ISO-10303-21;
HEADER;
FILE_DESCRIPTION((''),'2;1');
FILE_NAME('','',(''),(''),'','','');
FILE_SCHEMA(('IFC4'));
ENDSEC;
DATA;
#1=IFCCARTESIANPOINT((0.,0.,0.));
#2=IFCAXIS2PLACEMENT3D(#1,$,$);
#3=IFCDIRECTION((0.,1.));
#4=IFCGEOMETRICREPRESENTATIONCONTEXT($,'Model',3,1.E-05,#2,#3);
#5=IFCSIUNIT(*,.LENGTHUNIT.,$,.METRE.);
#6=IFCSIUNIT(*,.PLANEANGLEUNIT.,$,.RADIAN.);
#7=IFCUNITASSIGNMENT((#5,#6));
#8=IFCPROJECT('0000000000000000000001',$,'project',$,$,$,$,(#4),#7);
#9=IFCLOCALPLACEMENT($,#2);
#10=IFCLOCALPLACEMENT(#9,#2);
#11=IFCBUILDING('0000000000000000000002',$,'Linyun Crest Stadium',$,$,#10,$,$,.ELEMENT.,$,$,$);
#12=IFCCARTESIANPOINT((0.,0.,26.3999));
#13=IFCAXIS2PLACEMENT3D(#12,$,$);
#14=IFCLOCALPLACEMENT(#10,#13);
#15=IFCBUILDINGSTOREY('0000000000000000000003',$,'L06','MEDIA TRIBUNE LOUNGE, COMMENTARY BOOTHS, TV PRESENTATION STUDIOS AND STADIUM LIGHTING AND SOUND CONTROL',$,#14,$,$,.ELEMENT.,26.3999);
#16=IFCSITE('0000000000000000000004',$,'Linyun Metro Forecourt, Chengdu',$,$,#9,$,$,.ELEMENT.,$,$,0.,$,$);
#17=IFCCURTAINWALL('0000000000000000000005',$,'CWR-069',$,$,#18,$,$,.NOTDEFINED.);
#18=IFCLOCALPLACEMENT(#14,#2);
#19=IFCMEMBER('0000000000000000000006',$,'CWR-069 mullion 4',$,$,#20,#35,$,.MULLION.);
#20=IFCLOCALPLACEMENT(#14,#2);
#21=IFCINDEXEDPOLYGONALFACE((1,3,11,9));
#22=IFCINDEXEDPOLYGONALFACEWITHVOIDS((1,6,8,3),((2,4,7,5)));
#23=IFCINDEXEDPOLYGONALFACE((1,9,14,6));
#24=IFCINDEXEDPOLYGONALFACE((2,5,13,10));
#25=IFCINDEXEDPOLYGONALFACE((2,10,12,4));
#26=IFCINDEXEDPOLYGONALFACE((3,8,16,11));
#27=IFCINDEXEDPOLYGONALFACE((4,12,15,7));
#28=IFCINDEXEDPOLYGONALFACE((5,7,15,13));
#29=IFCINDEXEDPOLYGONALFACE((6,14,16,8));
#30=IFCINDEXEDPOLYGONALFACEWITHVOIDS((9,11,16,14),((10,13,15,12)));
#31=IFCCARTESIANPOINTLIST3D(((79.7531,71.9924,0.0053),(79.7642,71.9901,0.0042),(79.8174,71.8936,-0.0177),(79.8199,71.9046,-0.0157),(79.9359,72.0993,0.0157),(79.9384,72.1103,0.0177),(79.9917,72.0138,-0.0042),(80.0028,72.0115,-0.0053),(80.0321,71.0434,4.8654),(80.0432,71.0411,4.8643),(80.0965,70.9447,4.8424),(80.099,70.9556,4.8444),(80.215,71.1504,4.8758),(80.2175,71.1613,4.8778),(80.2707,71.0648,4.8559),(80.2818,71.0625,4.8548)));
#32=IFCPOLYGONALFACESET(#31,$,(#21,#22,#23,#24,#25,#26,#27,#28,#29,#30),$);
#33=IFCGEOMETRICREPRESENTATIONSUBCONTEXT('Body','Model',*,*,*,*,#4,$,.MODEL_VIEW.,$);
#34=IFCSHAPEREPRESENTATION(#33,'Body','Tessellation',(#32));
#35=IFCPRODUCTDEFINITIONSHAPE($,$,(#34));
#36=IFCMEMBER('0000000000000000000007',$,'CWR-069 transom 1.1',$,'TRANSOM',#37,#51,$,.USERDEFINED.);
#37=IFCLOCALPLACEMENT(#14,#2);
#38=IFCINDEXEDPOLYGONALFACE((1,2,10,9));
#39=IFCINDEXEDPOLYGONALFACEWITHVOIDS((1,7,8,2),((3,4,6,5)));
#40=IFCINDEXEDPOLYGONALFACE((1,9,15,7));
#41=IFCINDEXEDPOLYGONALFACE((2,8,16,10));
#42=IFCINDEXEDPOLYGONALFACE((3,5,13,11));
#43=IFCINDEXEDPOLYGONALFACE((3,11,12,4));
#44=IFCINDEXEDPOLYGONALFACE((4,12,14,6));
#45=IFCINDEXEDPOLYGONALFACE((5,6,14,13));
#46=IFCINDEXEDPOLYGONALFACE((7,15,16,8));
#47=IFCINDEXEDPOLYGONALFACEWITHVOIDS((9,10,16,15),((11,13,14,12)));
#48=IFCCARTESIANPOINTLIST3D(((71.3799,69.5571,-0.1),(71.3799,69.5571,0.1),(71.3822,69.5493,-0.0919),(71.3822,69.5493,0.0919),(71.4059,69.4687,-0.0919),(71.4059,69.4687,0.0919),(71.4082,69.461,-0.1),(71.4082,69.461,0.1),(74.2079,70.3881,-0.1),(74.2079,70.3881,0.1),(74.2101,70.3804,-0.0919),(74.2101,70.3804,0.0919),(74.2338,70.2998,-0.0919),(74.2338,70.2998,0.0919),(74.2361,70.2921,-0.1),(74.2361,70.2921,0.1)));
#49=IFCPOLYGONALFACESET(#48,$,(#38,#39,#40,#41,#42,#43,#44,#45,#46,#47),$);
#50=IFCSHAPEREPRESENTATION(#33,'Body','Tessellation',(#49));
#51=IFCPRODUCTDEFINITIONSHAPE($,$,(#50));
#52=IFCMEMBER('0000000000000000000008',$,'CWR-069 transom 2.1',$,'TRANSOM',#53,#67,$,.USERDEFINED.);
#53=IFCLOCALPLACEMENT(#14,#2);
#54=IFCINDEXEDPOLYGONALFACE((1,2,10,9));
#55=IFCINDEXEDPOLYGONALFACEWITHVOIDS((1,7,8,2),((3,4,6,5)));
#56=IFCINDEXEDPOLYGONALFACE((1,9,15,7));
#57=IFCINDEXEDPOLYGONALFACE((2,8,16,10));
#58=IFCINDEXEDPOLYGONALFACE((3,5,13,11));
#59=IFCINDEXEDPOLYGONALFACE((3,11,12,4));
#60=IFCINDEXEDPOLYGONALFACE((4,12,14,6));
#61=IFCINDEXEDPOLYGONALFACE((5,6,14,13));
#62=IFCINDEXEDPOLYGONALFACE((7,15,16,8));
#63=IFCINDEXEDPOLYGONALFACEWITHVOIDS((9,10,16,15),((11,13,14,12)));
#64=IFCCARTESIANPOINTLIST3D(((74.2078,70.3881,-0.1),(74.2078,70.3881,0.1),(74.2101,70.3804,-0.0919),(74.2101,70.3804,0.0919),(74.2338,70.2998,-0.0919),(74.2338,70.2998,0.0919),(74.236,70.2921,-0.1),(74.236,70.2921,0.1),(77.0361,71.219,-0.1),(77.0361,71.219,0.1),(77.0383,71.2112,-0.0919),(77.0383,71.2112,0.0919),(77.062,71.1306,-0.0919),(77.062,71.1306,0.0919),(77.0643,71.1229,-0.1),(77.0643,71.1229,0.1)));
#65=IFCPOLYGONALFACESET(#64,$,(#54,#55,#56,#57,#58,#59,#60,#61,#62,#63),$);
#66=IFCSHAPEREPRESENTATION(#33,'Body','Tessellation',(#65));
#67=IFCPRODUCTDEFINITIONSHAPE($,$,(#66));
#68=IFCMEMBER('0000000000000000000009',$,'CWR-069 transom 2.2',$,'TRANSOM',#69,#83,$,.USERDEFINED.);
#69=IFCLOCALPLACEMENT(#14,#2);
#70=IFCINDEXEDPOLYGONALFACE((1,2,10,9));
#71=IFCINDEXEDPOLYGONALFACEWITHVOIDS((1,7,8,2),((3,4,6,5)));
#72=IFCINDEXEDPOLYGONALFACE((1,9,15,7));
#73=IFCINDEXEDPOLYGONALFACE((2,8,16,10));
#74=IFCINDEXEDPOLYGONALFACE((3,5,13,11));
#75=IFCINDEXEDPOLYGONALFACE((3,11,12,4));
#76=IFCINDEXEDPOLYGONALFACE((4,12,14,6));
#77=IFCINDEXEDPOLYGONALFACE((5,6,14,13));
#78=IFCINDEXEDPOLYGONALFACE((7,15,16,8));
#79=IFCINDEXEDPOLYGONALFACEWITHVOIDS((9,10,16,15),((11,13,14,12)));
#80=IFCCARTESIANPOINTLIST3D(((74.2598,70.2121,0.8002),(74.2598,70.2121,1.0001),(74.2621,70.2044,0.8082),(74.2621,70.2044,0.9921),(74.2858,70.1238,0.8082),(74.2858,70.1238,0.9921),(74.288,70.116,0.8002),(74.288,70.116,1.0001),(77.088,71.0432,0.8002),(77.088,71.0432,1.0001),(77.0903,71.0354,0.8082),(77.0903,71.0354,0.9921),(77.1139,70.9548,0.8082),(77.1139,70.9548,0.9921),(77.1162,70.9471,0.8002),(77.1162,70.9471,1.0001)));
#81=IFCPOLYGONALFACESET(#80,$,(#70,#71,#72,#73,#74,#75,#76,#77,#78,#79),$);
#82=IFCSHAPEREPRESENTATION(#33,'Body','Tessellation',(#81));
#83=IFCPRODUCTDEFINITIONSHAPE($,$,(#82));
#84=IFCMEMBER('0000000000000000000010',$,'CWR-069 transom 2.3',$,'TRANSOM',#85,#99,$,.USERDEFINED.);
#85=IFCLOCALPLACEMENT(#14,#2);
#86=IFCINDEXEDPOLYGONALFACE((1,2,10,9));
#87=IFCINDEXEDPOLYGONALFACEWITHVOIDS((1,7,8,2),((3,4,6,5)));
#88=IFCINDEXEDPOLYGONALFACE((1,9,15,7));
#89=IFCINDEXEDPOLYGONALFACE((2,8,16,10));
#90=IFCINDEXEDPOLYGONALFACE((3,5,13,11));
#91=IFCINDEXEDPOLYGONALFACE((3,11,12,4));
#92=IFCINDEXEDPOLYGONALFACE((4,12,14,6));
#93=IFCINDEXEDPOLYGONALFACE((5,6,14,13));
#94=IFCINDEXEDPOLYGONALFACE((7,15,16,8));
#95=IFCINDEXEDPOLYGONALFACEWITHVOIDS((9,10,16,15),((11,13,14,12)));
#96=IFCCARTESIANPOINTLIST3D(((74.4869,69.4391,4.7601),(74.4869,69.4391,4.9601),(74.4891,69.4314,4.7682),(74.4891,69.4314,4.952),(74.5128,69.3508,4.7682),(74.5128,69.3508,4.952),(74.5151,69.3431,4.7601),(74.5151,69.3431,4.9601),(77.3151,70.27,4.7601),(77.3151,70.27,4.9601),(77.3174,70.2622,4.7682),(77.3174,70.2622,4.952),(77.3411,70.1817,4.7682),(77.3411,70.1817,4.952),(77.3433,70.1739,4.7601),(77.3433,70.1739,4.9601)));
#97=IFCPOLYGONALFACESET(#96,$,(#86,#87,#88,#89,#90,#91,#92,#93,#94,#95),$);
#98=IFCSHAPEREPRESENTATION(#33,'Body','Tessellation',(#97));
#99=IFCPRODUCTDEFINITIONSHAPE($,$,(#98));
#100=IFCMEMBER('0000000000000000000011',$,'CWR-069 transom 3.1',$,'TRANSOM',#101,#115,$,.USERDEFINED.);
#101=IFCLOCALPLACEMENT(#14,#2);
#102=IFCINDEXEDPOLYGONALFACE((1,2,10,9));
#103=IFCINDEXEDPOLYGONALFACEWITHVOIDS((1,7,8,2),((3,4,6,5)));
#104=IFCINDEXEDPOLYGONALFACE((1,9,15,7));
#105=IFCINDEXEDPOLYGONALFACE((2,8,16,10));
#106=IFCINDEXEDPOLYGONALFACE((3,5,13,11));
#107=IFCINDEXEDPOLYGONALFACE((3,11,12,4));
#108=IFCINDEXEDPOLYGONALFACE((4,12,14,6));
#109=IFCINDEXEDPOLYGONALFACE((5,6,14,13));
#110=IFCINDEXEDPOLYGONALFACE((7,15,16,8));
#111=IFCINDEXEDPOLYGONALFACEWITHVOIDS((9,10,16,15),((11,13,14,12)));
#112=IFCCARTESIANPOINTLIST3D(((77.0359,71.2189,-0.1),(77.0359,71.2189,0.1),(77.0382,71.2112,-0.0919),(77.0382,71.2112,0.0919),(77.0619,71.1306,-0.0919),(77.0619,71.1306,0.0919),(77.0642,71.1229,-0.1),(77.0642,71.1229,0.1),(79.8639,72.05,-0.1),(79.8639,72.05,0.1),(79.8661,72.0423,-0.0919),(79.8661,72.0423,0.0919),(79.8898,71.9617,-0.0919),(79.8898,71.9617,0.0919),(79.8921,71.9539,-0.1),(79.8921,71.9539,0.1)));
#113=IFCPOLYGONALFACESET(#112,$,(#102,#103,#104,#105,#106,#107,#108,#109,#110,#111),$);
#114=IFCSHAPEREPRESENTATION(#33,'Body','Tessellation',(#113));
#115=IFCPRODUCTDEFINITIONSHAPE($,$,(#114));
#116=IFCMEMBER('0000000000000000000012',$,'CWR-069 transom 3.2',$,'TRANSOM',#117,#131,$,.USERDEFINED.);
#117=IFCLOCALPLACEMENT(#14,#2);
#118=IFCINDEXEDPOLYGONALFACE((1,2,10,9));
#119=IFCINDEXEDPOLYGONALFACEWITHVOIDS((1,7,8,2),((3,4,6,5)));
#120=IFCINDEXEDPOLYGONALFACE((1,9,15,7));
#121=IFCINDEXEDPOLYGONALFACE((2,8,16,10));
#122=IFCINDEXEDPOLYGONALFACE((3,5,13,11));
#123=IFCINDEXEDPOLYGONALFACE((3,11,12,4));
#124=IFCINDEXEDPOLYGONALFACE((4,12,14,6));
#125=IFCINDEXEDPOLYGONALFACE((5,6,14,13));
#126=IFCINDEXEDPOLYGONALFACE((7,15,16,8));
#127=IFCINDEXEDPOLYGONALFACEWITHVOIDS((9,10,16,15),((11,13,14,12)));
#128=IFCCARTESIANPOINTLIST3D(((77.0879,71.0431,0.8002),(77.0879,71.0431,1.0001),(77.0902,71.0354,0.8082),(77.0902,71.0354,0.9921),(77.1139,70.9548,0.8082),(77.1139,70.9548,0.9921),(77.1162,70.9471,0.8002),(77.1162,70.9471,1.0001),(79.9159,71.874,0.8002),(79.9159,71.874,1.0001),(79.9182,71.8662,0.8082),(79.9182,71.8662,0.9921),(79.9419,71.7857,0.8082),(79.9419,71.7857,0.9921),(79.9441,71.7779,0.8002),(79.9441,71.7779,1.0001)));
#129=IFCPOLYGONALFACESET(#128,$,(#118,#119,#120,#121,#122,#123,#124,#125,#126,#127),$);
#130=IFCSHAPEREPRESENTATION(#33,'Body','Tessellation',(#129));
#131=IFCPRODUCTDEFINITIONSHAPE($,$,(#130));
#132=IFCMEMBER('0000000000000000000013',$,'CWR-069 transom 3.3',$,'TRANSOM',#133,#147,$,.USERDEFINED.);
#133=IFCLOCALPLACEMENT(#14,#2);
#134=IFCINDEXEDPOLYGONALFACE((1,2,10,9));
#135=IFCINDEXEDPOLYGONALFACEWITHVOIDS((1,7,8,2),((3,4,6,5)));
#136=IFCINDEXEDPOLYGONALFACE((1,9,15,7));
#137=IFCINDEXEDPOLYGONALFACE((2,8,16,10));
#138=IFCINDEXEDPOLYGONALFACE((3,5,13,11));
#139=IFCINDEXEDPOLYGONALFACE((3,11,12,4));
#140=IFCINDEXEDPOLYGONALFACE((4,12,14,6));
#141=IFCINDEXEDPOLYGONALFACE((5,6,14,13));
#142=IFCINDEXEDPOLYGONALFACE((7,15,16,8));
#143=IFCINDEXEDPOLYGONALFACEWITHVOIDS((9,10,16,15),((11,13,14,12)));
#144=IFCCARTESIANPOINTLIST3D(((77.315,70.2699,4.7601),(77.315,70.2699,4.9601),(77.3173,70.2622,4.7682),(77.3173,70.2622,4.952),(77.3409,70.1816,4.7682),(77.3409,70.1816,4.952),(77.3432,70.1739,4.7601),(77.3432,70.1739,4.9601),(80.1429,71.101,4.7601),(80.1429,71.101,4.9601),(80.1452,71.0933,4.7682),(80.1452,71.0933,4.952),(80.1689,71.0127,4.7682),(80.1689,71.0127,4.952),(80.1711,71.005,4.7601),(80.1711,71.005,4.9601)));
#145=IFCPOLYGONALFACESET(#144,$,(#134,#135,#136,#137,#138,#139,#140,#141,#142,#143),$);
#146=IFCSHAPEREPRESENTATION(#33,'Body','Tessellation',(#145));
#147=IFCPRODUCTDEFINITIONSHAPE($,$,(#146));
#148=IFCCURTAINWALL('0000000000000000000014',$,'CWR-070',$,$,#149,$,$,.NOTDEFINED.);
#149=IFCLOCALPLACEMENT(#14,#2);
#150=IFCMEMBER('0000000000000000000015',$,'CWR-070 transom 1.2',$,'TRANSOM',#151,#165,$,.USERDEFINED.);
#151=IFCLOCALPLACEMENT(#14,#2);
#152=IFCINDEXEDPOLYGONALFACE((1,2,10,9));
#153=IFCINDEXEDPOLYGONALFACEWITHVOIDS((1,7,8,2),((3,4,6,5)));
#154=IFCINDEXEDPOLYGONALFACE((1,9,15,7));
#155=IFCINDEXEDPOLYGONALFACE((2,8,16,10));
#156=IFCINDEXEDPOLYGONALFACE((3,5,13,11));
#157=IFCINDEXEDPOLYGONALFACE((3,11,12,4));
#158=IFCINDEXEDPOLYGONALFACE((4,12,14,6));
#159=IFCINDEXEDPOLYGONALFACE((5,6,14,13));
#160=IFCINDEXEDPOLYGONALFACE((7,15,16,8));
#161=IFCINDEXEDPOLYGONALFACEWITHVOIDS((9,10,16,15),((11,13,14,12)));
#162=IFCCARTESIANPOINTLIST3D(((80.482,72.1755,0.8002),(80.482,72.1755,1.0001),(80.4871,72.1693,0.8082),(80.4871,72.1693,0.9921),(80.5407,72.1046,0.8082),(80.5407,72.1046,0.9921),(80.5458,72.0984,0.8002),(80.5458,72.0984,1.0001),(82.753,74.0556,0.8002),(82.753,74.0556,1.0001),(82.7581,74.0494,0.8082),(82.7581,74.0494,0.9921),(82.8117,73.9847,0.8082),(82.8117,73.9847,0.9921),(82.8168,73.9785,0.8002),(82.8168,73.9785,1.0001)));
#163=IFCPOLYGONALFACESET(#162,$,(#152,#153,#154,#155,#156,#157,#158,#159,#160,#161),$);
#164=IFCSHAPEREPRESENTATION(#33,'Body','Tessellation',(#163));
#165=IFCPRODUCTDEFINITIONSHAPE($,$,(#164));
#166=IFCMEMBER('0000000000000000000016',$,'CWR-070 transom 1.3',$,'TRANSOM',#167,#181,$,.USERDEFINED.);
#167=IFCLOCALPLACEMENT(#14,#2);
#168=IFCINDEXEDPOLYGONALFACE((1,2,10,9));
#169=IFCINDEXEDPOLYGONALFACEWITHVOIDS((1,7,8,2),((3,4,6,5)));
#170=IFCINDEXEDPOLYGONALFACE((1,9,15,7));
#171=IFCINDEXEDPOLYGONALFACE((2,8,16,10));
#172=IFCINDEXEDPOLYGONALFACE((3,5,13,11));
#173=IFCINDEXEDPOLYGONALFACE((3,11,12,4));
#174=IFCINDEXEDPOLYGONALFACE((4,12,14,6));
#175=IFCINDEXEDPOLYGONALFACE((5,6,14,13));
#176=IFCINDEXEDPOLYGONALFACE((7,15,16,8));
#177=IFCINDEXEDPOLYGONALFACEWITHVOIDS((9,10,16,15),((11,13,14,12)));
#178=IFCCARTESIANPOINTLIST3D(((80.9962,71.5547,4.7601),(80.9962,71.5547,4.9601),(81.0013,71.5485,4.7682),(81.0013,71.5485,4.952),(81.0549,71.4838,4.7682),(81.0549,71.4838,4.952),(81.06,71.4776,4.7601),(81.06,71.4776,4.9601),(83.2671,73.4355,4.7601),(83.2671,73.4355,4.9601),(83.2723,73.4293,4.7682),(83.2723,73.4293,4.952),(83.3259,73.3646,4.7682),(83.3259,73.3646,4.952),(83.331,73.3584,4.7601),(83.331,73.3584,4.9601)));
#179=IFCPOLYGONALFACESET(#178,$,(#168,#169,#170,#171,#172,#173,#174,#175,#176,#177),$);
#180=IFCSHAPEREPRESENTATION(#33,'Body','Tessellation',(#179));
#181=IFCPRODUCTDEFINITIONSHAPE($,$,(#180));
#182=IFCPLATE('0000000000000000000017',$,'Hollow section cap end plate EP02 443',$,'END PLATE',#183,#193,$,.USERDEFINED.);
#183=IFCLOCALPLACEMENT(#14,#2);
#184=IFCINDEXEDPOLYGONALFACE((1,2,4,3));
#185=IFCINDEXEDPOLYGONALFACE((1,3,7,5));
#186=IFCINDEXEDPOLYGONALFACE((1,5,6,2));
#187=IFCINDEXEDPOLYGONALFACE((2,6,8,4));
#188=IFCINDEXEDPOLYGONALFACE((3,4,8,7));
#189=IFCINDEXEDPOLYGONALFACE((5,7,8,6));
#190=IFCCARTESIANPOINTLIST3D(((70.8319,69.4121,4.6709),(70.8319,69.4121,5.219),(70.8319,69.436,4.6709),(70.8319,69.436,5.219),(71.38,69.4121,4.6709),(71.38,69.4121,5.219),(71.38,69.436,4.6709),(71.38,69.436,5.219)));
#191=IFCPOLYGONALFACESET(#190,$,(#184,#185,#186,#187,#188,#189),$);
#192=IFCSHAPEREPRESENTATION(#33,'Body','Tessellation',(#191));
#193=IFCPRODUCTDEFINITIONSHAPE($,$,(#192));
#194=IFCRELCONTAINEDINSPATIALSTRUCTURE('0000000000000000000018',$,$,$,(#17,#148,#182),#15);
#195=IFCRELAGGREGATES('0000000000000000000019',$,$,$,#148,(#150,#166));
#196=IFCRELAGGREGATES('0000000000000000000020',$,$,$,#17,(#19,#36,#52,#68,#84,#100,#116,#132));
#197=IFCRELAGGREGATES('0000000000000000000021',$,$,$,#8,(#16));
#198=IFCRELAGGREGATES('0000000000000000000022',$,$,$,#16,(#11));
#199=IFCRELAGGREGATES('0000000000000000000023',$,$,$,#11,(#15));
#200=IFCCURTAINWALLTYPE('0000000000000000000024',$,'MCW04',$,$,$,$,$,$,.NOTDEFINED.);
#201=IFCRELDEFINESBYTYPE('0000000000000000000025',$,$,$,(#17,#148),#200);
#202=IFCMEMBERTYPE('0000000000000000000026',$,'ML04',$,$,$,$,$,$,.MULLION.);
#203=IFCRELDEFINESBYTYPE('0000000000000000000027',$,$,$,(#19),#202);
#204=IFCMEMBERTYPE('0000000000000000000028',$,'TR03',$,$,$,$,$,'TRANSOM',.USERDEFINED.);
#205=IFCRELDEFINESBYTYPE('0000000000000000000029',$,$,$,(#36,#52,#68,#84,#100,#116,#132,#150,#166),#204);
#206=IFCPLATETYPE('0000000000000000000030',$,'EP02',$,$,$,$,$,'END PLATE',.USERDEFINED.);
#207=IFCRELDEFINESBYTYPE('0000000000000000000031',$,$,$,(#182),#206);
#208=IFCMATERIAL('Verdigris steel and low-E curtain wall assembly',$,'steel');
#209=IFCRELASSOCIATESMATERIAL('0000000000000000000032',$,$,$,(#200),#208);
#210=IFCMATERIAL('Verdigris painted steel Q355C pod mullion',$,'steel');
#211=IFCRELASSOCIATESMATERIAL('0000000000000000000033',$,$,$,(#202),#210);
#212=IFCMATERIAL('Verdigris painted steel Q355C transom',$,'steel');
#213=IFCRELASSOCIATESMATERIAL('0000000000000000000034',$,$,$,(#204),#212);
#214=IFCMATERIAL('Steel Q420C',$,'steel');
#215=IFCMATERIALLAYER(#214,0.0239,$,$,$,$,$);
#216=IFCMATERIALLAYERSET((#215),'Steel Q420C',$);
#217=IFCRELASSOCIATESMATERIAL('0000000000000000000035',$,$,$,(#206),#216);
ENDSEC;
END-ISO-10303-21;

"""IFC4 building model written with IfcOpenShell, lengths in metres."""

from ifc_helpers import new_model, si_unit, direction, frame, origin, origin_2d, place, context, subcontext, project, spatial, rectangle, hollow_rectangle, extrude, material, layer, layer_set, material_profile, profile_set, type_object, element, aggregate, save


model = new_model("IFC4")

# Units and contexts
model_context = context("Model", 3, precision=1e-05, world=origin(), true_north=direction((0.0, 1.0)))
body_context = subcontext(model_context, "Body", "Model", "MODEL_VIEW")
ifc_project = project(units=[si_unit("LENGTHUNIT", "METRE"), si_unit("PLANEANGLEUNIT", "RADIAN")], contexts=[model_context])

# Site, building, storey
site_placement = place(None, origin())
site = spatial("IfcSite", under=ifc_project, at=site_placement, Name="Linyun Metro Forecourt, Chengdu", CompositionType="ELEMENT", RefElevation=0.0)
building_placement = place(site_placement, origin())
building = spatial("IfcBuilding", under=site, at=building_placement, Name="Linyun Crest Stadium", CompositionType="ELEMENT")
storey_placement = place(building_placement, frame((0.0, 0.0, 26.3999)))
storey = spatial("IfcBuildingStorey", under=building, at=storey_placement, Name="L06", Description="MEDIA TRIBUNE LOUNGE, COMMENTARY BOOTHS, TV PRESENTATION STUDIOS AND STADIUM LIGHTING AND SOUND CONTROL", CompositionType="ELEMENT", Elevation=26.3999)

# Shared definitions
ifc_material_1 = material(Name="Verdigris steel and low-E curtain wall assembly", Category="steel")
curtain_wall_type = type_object("IfcCurtainWallType", Name="MCW04", PredefinedType="NOTDEFINED", material=ifc_material_1)
ifc_material_2 = material(Name="Verdigris painted steel Q355C pod mullion", Category="steel")
ifc_material_profile_1 = material_profile(ifc_material_2, hollow_rectangle(XDim=0.1201, YDim=0.22, WallThickness=0.0081, at=origin_2d()), Name="RHS 220x120x8")
ifc_profile_set_1 = profile_set([ifc_material_profile_1], Name="Verdigris painted steel Q355C pod mullion")
member_type_1 = type_object("IfcMemberType", Name="ML04", PredefinedType="MULLION", material=ifc_profile_set_1)

# Curtain walls, members
curtain_wall_1_placement = place(storey_placement, origin())
curtain_wall_1 = element("IfcCurtainWall", 1, at=curtain_wall_1_placement, inside=storey, type_object=curtain_wall_type, Name="CWR-069", PredefinedType="NOTDEFINED")
member_1_placement = place(storey_placement, frame((79.8779, 72.002, 0.0), z_axis=(0.056264, -0.191335, 0.979911), x_axis=(-0.535777, 0.822394, 0.191342)))
member_1 = element("IfcMember", 2, at=member_1_placement, type_object=member_type_1, Name="CWR-069 mullion 4", PredefinedType="MULLION", context=body_context, shape_type="SweptSolid", body=[
    extrude(hollow_rectangle(XDim=0.1201, YDim=0.22, WallThickness=0.0081, at=origin_2d()), origin(), (0.0, 0.0, 1.0), 4.9597),
])
ifc_material_3 = material(Name="Verdigris painted steel Q355C transom", Category="steel")
ifc_material_profile_2 = material_profile(ifc_material_3, hollow_rectangle(XDim=0.1001, YDim=0.2, WallThickness=0.0081, at=origin_2d()), Name="RHS 200x100x8")
ifc_profile_set_2 = profile_set([ifc_material_profile_2], Name="Verdigris painted steel Q355C transom")
member_type_2 = type_object("IfcMemberType", Name="TR03", ElementType="TRANSOM", PredefinedType="USERDEFINED", material=ifc_profile_set_2)
member_2_placement = place(storey_placement, frame((71.394, 69.509, 0.0), z_axis=(0.959427, 0.281956, 0.0), x_axis=(-0.281956, 0.959427, 0.0)))
member_2 = element("IfcMember", 3, at=member_2_placement, type_object=member_type_2, Name="CWR-069 transom 1.1", ObjectType="TRANSOM", PredefinedType="USERDEFINED", context=body_context, shape_type="SweptSolid", body=[
    extrude(hollow_rectangle(XDim=0.1001, YDim=0.2, WallThickness=0.0081, at=origin_2d()), origin(), (0.0, 0.0, 1.0), 2.9475),
])
member_3_placement = place(storey_placement, frame((74.2219, 70.3401, 0.0), z_axis=(0.959456, 0.281857, 0.0), x_axis=(-0.281857, 0.959456, 0.0)))
member_3 = element("IfcMember", 4, at=member_3_placement, type_object=member_type_2, Name="CWR-069 transom 2.1", ObjectType="TRANSOM", PredefinedType="USERDEFINED", context=body_context, shape_type="SweptSolid", body=[
    extrude(hollow_rectangle(XDim=0.1001, YDim=0.2, WallThickness=0.0081, at=origin_2d()), origin(), (0.0, 0.0, 1.0), 2.9478),
])
member_4_placement = place(storey_placement, frame((74.2739, 70.1641, 0.9001), z_axis=(0.959434, 0.281933, 0.0), x_axis=(-0.281933, 0.959434, 0.0)))
member_4 = element("IfcMember", 5, at=member_4_placement, type_object=member_type_2, Name="CWR-069 transom 2.2", ObjectType="TRANSOM", PredefinedType="USERDEFINED", context=body_context, shape_type="SweptSolid", body=[
    extrude(hollow_rectangle(XDim=0.1001, YDim=0.2, WallThickness=0.0081, at=origin_2d()), origin(), (0.0, 0.0, 1.0), 2.9478),
])
member_5_placement = place(storey_placement, frame((74.501, 69.3911, 4.8601), z_axis=(0.959456, 0.281857, 0.0), x_axis=(-0.281857, 0.959456, 0.0)))
member_5 = element("IfcMember", 6, at=member_5_placement, type_object=member_type_2, Name="CWR-069 transom 2.3", ObjectType="TRANSOM", PredefinedType="USERDEFINED", context=body_context, shape_type="SweptSolid", body=[
    extrude(hollow_rectangle(XDim=0.1001, YDim=0.2, WallThickness=0.0081, at=origin_2d()), origin(), (0.0, 0.0, 1.0), 2.9478),
])
member_6_placement = place(storey_placement, frame((77.05, 71.1709, 0.0), z_axis=(0.959427, 0.281956, 0.0), x_axis=(-0.281956, 0.959427, 0.0)))
member_6 = element("IfcMember", 7, at=member_6_placement, type_object=member_type_2, Name="CWR-069 transom 3.1", ObjectType="TRANSOM", PredefinedType="USERDEFINED", context=body_context, shape_type="SweptSolid", body=[
    extrude(hollow_rectangle(XDim=0.1001, YDim=0.2, WallThickness=0.0081, at=origin_2d()), origin(), (0.0, 0.0, 1.0), 2.9475),
])
member_7_placement = place(storey_placement, frame((77.1021, 70.9951, 0.9001), z_axis=(0.95945, 0.281879, 0.0), x_axis=(-0.281879, 0.95945, 0.0)))
member_7 = element("IfcMember", 8, at=member_7_placement, type_object=member_type_2, Name="CWR-069 transom 3.2", ObjectType="TRANSOM", PredefinedType="USERDEFINED", context=body_context, shape_type="SweptSolid", body=[
    extrude(hollow_rectangle(XDim=0.1001, YDim=0.2, WallThickness=0.0081, at=origin_2d()), origin(), (0.0, 0.0, 1.0), 2.9475),
])
member_8_placement = place(storey_placement, frame((77.3291, 70.2219, 4.8601), z_axis=(0.959427, 0.281956, 0.0), x_axis=(-0.281956, 0.959427, 0.0)))
member_8 = element("IfcMember", 9, at=member_8_placement, type_object=member_type_2, Name="CWR-069 transom 3.3", ObjectType="TRANSOM", PredefinedType="USERDEFINED", context=body_context, shape_type="SweptSolid", body=[
    extrude(hollow_rectangle(XDim=0.1001, YDim=0.2, WallThickness=0.0081, at=origin_2d()), origin(), (0.0, 0.0, 1.0), 2.9475),
])
curtain_wall_2_placement = place(storey_placement, origin())
curtain_wall_2 = element("IfcCurtainWall", 10, at=curtain_wall_2_placement, inside=storey, type_object=curtain_wall_type, Name="CWR-070", PredefinedType="NOTDEFINED")
member_9_placement = place(storey_placement, frame((80.5139, 72.137, 0.9001), z_axis=(0.770281, 0.637705, 0.0), x_axis=(-0.637705, 0.770281, 0.0)))
member_9 = element("IfcMember", 11, at=member_9_placement, type_object=member_type_2, Name="CWR-070 transom 1.2", ObjectType="TRANSOM", PredefinedType="USERDEFINED", context=body_context, shape_type="SweptSolid", body=[
    extrude(hollow_rectangle(XDim=0.1001, YDim=0.2, WallThickness=0.0081, at=origin_2d()), origin(), (0.0, 0.0, 1.0), 2.9482),
])
member_10_placement = place(storey_placement, frame((81.0281, 71.5161, 4.8601), z_axis=(0.770159, 0.637852, 0.0), x_axis=(-0.637852, 0.770159, 0.0)))
member_10 = element("IfcMember", 12, at=member_10_placement, type_object=member_type_2, Name="CWR-070 transom 1.3", ObjectType="TRANSOM", PredefinedType="USERDEFINED", context=body_context, shape_type="SweptSolid", body=[
    extrude(hollow_rectangle(XDim=0.1001, YDim=0.2, WallThickness=0.0081, at=origin_2d()), origin(), (0.0, 0.0, 1.0), 2.9487),
])
aggregate(curtain_wall_2, [member_9, member_10])

# Plate
ifc_material_4 = material(Name="Steel Q420C", Category="steel")
ifc_layer_1 = layer(ifc_material_4, 0.0239)
ifc_layer_set_1 = layer_set([ifc_layer_1], Name="Steel Q420C")
plate_type_1 = type_object("IfcPlateType", Name="EP02", ElementType="END PLATE", PredefinedType="USERDEFINED", material=ifc_layer_set_1)
plate_1_placement = place(storey_placement, frame((71.106, 69.4241, 4.6709), z_axis=(0.0, 0.0, 1.0), x_axis=(1.0, 0.0, 0.0)))
element("IfcPlate", 13, at=plate_1_placement, inside=storey, type_object=plate_type_1, Name="Hollow section cap end plate EP02 443", ObjectType="END PLATE", PredefinedType="USERDEFINED", context=body_context, shape_type="SweptSolid", body=[
    extrude(rectangle(XDim=0.5481, YDim=0.0239, at=origin_2d()), origin(), (0.0, 0.0, 1.0), 0.5481),
])

aggregate(curtain_wall_1, [member_1, member_2, member_3, member_4, member_5, member_6, member_7, member_8])

save(model, "model.ifc")
